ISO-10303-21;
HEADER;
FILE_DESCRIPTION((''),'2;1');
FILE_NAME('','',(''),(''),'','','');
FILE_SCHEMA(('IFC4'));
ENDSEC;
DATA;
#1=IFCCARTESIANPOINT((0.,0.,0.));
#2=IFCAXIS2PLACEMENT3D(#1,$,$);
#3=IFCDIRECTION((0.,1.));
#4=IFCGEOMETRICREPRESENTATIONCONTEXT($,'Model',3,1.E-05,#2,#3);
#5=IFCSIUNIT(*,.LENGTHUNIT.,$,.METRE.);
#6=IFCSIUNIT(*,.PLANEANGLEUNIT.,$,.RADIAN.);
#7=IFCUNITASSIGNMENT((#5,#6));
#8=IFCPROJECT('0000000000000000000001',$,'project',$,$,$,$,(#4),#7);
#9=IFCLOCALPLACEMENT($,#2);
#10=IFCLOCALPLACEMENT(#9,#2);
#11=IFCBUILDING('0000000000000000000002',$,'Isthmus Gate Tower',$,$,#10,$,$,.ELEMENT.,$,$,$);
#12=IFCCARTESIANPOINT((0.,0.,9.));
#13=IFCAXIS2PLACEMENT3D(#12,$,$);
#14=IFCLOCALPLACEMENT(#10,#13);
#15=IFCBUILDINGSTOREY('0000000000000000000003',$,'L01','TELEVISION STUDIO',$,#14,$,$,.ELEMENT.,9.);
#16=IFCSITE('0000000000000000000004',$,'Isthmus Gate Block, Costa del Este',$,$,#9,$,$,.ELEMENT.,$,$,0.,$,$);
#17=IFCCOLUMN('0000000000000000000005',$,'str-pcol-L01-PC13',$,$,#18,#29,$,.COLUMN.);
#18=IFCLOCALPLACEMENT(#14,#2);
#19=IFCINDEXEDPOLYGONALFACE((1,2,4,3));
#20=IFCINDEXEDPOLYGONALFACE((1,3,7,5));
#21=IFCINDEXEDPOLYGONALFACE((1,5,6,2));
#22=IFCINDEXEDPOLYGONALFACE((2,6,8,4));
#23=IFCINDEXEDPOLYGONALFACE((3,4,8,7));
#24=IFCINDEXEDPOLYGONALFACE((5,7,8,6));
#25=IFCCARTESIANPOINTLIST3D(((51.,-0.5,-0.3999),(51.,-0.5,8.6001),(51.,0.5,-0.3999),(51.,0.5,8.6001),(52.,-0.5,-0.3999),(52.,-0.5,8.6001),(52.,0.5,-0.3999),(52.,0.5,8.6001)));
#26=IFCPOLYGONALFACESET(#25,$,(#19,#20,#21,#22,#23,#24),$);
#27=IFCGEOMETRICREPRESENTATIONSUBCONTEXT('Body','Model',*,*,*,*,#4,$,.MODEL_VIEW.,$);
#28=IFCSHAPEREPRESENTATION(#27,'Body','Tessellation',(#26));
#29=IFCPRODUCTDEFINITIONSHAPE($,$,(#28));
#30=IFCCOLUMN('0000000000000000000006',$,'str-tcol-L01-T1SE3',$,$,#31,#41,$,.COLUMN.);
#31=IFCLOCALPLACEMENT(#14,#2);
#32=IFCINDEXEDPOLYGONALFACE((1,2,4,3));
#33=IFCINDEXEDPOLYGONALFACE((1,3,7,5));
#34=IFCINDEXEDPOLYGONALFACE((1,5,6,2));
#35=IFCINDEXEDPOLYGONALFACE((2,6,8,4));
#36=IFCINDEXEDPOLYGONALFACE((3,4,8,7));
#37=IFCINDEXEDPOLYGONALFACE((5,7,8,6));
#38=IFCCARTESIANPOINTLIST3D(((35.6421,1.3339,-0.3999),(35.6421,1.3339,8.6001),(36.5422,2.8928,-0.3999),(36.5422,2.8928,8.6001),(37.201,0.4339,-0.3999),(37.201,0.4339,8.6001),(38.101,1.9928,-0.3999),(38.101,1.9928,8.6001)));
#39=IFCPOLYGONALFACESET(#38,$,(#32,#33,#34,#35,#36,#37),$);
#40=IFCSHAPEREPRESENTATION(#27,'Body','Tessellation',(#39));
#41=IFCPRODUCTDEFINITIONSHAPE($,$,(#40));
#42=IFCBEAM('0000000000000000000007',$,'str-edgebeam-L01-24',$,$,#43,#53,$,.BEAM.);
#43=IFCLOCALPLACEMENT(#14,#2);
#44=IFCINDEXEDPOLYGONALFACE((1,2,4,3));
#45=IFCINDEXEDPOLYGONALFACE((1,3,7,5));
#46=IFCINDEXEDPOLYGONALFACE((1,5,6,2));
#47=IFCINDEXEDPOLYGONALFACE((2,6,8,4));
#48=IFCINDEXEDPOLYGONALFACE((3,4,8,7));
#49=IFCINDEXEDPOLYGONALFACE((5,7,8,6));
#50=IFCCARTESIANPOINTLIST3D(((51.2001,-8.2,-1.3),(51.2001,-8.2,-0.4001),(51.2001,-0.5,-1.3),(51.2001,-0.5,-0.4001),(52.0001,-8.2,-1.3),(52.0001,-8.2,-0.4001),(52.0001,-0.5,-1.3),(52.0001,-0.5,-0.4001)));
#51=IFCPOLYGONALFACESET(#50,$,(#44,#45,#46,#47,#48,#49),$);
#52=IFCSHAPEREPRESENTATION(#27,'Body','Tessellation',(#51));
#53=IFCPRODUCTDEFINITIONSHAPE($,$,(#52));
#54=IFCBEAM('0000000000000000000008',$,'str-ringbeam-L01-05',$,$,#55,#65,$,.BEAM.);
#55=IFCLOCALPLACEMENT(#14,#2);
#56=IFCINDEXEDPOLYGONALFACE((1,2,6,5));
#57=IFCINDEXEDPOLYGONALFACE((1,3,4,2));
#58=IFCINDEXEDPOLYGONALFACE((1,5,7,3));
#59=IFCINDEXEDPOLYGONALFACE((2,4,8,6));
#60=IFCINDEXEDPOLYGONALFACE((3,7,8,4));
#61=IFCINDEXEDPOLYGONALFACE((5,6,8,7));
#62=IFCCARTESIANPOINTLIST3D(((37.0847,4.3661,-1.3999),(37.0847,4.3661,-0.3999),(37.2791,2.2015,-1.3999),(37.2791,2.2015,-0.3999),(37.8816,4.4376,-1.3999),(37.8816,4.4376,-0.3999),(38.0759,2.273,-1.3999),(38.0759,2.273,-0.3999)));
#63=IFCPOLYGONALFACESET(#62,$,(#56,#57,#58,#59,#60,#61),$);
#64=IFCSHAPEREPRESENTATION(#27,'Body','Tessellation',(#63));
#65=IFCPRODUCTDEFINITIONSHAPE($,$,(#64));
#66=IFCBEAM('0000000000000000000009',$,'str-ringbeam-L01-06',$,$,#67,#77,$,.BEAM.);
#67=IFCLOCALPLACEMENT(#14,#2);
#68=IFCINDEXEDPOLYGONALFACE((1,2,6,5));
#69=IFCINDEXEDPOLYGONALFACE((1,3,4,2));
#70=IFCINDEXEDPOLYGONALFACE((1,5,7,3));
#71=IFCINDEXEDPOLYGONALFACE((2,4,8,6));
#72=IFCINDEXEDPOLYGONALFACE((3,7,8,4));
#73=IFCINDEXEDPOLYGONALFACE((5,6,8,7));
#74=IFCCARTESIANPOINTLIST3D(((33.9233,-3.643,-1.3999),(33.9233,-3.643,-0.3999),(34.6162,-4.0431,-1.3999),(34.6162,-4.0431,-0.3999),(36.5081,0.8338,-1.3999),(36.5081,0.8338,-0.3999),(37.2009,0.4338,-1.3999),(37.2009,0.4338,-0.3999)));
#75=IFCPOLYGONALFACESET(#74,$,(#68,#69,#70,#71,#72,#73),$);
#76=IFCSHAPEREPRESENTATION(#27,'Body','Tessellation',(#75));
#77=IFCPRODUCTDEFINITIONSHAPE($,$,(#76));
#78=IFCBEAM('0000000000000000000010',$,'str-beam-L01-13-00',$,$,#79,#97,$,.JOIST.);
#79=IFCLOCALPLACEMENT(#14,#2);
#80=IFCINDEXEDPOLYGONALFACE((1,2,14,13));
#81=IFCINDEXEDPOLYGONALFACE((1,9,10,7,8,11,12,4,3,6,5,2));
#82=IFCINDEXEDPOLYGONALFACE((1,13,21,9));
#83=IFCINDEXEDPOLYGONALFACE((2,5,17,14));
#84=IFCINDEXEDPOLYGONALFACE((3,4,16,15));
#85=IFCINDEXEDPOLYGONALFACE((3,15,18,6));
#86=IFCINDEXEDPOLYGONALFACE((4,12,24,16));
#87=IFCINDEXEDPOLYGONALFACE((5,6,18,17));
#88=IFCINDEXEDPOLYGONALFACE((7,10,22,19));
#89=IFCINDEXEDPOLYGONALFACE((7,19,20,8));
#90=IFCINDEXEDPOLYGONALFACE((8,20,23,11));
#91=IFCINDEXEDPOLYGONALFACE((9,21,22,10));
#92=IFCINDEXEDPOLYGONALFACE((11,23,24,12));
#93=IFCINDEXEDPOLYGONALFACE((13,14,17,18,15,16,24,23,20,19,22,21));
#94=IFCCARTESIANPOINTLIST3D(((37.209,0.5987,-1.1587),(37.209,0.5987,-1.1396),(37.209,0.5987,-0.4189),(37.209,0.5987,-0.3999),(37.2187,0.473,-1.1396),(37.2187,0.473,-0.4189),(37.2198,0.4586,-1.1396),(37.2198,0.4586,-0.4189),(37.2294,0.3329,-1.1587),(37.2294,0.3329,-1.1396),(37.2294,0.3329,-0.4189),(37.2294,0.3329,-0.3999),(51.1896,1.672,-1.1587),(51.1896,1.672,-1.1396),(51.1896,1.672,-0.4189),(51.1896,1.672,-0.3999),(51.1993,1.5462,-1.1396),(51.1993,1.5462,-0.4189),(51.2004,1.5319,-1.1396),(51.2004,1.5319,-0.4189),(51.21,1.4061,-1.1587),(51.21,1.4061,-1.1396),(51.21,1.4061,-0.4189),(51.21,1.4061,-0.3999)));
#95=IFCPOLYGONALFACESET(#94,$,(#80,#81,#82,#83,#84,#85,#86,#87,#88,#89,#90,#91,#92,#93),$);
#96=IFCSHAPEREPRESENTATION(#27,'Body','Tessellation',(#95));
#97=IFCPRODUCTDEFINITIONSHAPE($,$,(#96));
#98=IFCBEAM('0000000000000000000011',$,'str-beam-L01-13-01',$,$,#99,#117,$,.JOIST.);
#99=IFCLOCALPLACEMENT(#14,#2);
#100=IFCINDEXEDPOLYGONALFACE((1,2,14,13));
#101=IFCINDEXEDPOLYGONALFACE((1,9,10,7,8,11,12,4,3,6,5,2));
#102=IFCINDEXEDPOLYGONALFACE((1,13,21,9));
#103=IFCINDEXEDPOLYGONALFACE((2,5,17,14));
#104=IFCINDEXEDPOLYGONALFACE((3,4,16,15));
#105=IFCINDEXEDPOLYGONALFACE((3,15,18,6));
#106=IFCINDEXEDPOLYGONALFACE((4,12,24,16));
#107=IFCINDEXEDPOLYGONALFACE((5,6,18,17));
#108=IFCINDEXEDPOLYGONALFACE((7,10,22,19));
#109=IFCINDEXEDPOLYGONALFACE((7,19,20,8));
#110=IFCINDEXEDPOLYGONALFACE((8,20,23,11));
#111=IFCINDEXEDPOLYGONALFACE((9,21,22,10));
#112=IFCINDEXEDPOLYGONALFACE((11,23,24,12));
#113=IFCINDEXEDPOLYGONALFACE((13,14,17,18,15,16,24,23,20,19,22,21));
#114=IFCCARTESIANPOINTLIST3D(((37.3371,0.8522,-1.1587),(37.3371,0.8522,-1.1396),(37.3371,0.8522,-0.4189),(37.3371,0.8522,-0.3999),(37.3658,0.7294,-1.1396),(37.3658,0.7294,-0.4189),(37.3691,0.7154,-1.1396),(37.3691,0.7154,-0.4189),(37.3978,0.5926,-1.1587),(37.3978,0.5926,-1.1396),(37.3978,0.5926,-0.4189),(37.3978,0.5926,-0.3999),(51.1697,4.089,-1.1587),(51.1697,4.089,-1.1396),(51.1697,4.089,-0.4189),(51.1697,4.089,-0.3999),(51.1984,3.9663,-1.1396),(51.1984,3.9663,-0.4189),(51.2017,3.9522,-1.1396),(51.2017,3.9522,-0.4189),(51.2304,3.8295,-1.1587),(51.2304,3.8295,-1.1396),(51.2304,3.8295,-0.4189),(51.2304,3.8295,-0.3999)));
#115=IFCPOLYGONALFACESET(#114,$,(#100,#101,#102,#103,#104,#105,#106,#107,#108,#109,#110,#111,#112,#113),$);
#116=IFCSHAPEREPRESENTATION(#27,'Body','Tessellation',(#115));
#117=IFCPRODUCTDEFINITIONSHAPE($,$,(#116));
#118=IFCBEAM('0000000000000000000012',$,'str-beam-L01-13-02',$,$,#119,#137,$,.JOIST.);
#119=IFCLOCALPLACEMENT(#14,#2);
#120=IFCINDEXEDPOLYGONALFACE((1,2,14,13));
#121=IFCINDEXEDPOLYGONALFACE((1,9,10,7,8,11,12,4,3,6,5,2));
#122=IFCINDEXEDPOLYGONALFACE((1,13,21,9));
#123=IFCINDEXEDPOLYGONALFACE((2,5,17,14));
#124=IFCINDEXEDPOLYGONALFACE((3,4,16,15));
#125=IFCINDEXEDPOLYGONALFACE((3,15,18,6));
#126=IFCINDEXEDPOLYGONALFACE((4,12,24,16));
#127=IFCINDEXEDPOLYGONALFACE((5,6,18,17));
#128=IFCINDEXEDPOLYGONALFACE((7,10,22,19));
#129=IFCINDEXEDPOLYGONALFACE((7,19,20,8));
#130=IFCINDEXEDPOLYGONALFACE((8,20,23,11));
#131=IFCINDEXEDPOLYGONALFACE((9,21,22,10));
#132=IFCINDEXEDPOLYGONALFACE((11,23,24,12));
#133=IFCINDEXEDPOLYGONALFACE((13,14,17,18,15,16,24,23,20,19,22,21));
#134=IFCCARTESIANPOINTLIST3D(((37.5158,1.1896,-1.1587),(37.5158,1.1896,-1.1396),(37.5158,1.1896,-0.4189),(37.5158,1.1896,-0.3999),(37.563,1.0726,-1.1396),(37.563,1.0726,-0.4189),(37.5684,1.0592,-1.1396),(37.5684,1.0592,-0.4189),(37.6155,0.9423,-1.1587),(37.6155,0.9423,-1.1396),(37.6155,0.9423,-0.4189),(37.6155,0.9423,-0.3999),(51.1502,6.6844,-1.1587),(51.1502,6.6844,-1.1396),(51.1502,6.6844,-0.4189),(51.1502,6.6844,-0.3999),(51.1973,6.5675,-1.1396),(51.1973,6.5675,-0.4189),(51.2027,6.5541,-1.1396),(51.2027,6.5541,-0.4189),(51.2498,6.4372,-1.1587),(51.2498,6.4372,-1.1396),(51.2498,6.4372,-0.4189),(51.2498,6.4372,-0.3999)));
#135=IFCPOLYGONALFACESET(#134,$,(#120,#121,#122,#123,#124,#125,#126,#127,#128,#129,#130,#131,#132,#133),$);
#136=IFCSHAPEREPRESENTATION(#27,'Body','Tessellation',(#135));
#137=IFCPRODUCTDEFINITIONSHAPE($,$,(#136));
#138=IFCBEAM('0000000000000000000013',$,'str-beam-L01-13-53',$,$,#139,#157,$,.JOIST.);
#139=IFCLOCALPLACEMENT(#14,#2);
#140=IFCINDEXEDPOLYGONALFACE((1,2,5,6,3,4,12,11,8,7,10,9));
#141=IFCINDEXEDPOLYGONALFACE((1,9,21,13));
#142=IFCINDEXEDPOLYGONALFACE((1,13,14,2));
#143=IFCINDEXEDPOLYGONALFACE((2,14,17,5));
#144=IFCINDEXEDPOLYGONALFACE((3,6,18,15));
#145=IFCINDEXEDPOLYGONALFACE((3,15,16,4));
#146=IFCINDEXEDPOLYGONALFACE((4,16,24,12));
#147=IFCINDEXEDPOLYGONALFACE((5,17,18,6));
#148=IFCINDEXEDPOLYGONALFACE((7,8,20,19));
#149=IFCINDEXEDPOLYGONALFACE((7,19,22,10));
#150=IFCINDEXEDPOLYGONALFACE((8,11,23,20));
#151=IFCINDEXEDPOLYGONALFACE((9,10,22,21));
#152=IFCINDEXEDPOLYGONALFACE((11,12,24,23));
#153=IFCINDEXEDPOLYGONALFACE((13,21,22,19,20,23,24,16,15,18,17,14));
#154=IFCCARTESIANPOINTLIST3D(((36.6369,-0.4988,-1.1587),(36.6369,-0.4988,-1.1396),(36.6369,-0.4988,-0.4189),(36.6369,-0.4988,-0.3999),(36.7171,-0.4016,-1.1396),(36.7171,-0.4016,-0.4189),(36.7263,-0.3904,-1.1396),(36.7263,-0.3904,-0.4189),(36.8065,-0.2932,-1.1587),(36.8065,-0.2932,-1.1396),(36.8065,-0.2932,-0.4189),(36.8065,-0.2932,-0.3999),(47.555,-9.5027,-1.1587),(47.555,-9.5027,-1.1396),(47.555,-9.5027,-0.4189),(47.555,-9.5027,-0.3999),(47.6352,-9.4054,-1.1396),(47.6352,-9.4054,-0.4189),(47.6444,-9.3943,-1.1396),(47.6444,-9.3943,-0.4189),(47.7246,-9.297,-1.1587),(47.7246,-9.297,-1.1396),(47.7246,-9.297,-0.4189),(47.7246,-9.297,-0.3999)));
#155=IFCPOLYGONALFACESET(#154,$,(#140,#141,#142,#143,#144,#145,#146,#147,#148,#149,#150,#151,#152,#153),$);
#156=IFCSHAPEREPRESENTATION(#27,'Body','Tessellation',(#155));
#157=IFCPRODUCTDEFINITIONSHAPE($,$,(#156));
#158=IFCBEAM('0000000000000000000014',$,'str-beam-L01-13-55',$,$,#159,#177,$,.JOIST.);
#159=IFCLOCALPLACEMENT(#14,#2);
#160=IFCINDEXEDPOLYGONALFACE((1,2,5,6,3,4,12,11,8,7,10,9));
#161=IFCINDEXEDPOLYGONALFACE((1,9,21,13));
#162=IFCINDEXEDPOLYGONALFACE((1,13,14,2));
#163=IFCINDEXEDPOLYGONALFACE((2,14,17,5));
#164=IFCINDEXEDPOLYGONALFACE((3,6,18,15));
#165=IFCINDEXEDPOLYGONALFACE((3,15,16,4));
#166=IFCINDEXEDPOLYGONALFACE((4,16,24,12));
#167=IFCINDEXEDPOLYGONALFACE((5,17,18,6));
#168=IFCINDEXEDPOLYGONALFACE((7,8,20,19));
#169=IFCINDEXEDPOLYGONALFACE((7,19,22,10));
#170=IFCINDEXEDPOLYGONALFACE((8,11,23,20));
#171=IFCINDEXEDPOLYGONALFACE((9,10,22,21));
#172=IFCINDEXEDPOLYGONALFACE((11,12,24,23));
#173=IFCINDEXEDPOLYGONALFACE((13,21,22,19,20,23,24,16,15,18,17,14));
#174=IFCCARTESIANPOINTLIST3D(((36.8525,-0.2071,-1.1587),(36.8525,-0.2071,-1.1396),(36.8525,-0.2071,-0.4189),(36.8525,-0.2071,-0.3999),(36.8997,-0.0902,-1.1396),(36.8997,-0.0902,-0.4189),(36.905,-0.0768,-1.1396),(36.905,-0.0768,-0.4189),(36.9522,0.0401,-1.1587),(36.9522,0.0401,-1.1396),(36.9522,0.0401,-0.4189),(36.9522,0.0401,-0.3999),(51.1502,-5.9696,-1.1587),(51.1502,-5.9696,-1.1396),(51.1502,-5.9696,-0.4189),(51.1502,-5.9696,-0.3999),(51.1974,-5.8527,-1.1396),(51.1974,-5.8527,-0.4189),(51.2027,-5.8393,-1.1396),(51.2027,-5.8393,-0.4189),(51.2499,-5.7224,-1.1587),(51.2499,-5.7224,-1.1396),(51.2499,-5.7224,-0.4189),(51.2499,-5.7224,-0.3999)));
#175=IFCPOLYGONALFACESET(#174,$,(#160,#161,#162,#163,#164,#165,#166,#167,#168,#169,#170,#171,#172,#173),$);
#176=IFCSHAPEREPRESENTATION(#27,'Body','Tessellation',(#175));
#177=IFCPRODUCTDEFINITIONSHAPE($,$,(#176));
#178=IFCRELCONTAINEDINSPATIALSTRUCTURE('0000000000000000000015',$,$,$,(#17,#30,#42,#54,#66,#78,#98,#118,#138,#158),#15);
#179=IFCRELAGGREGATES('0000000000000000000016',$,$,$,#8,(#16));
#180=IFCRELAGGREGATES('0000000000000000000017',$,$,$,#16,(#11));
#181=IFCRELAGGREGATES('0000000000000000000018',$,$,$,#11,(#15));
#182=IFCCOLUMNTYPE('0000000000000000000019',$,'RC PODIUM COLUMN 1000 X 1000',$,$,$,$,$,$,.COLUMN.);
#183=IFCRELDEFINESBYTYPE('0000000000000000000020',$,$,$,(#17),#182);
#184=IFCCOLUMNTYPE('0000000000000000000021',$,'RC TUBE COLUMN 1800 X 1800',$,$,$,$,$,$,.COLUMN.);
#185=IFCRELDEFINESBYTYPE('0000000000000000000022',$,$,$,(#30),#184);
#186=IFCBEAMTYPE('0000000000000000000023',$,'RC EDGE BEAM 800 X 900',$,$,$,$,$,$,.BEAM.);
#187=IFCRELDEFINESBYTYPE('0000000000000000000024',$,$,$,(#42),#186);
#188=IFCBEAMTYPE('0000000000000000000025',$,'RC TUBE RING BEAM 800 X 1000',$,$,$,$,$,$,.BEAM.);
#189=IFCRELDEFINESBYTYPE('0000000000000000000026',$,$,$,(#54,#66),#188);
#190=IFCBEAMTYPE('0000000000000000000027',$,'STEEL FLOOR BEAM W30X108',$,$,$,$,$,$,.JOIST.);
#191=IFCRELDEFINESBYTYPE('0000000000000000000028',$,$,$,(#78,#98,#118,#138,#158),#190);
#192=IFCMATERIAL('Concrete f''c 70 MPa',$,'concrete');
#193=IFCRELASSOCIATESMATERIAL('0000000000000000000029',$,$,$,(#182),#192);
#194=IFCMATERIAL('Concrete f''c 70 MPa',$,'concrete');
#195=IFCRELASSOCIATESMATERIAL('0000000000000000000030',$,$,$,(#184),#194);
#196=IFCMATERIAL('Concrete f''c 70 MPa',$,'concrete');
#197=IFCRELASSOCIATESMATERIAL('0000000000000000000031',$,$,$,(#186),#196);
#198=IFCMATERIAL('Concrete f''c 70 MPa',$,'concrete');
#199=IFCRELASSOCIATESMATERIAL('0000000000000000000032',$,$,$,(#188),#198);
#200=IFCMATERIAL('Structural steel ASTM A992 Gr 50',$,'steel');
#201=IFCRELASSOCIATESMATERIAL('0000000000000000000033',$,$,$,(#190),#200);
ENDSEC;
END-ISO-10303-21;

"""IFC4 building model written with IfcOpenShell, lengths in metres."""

from ifc_helpers import new_model, si_unit, direction, frame, origin, origin_2d, place, context, subcontext, project, spatial, rectangle, i_section, extrude, material, material_profile, profile_set, type_object, element, save


model = new_model("IFC4")

# Units and contexts
model_context = context("Model", 3, precision=1e-05, world=origin(), true_north=direction((0.0, 1.0)))
body_context = subcontext(model_context, "Body", "Model", "MODEL_VIEW")
ifc_project = project(units=[si_unit("LENGTHUNIT", "METRE"), si_unit("PLANEANGLEUNIT", "RADIAN")], contexts=[model_context])

# Site, building, storey
site_placement = place(None, origin())
site = spatial("IfcSite", under=ifc_project, at=site_placement, Name="Isthmus Gate Block, Costa del Este", CompositionType="ELEMENT", RefElevation=0.0)
building_placement = place(site_placement, origin())
building = spatial("IfcBuilding", under=site, at=building_placement, Name="Isthmus Gate Tower", CompositionType="ELEMENT")
storey_placement = place(building_placement, frame((0.0, 0.0, 9.0)))
storey = spatial("IfcBuildingStorey", under=building, at=storey_placement, Name="L01", Description="TELEVISION STUDIO", CompositionType="ELEMENT", Elevation=9.0)

# Columns
ifc_material_1 = material(Name="Concrete f'c 70 MPa", Category="concrete")
ifc_material_profile_1 = material_profile(ifc_material_1, rectangle(XDim=1.0, YDim=1.0, at=origin_2d()), Name="RC 1000X1000")
ifc_profile_set_1 = profile_set([ifc_material_profile_1], Name="Concrete f'c 70 MPa")
column_type_1 = type_object("IfcColumnType", Name="RC PODIUM COLUMN 1000 X 1000", PredefinedType="COLUMN", material=ifc_profile_set_1)
column_1_placement = place(storey_placement, frame((51.5, 0.0, -0.3999), z_axis=(0.0, 0.0, 1.0), x_axis=(0.0, 1.0, 0.0)))
element("IfcColumn", 1, at=column_1_placement, inside=storey, type_object=column_type_1, Name="str-pcol-L01-PC13", PredefinedType="COLUMN", context=body_context, shape_type="SweptSolid", body=[
    extrude(rectangle(XDim=1.0, YDim=1.0, at=origin_2d()), origin(), (0.0, 0.0, 1.0), 9.0),
])
ifc_material_2 = material(Name="Concrete f'c 70 MPa", Category="concrete")
ifc_material_profile_2 = material_profile(ifc_material_2, rectangle(XDim=1.8, YDim=1.8, at=origin_2d()), Name="RC 1800X1800")
ifc_profile_set_2 = profile_set([ifc_material_profile_2], Name="Concrete f'c 70 MPa")
column_type_2 = type_object("IfcColumnType", Name="RC TUBE COLUMN 1800 X 1800", PredefinedType="COLUMN", material=ifc_profile_set_2)
column_2_placement = place(storey_placement, frame((36.8716, 1.6633, -0.3999), z_axis=(0.0, 0.0, 1.0), x_axis=(0.5, 0.866025, 0.0)))
element("IfcColumn", 2, at=column_2_placement, inside=storey, type_object=column_type_2, Name="str-tcol-L01-T1SE3", PredefinedType="COLUMN", context=body_context, shape_type="SweptSolid", body=[
    extrude(rectangle(XDim=1.8, YDim=1.8, at=origin_2d()), origin(), (0.0, 0.0, 1.0), 9.0),
])

# Beams
ifc_material_3 = material(Name="Concrete f'c 70 MPa", Category="concrete")
ifc_material_profile_3 = material_profile(ifc_material_3, rectangle(XDim=0.8, YDim=0.8999, at=origin_2d()), Name="RC 800X900")
ifc_profile_set_3 = profile_set([ifc_material_profile_3], Name="Concrete f'c 70 MPa")
beam_type_1 = type_object("IfcBeamType", Name="RC EDGE BEAM 800 X 900", PredefinedType="BEAM", material=ifc_profile_set_3)
beam_1_placement = place(storey_placement, frame((51.6001, -0.5, -0.8501), z_axis=(0.0, -1.0, 0.0), x_axis=(1.0, 0.0, 0.0)))
element("IfcBeam", 3, at=beam_1_placement, inside=storey, type_object=beam_type_1, Name="str-edgebeam-L01-24", PredefinedType="BEAM", context=body_context, shape_type="SweptSolid", body=[
    extrude(rectangle(XDim=0.8, YDim=0.8999, at=origin_2d()), origin(), (0.0, 0.0, 1.0), 7.7),
])
ifc_material_4 = material(Name="Concrete f'c 70 MPa", Category="concrete")
ifc_material_profile_4 = material_profile(ifc_material_4, rectangle(XDim=0.8, YDim=1.0, at=origin_2d()), Name="RC 800X1000")
ifc_profile_set_4 = profile_set([ifc_material_profile_4], Name="Concrete f'c 70 MPa")
beam_type_2 = type_object("IfcBeamType", Name="RC TUBE RING BEAM 800 X 1000", PredefinedType="BEAM", material=ifc_profile_set_4)
beam_2_placement = place(storey_placement, frame((37.4832, 4.4019, -0.8999), z_axis=(0.089422, -0.995994, 0.0), x_axis=(0.995994, 0.089422, 0.0)))
element("IfcBeam", 4, at=beam_2_placement, inside=storey, type_object=beam_type_2, Name="str-ringbeam-L01-05", PredefinedType="BEAM", context=body_context, shape_type="SweptSolid", body=[
    extrude(rectangle(XDim=0.8, YDim=1.0, at=origin_2d()), origin(), (0.0, 0.0, 1.0), 2.1733),
])
beam_3_placement = place(storey_placement, frame((36.8545, 0.6338, -0.8999), z_axis=(-0.500005, -0.866023, 0.0), x_axis=(0.866023, -0.500005, 0.0)))
element("IfcBeam", 5, at=beam_3_placement, inside=storey, type_object=beam_type_2, Name="str-ringbeam-L01-06", PredefinedType="BEAM", context=body_context, shape_type="SweptSolid", body=[
    extrude(rectangle(XDim=0.8, YDim=1.0, at=origin_2d()), origin(), (0.0, 0.0, 1.0), 5.1694),
])
ifc_material_5 = material(Name="Structural steel ASTM A992 Gr 50", Category="steel")
ifc_material_profile_5 = material_profile(ifc_material_5, i_section(OverallWidth=0.2666, OverallDepth=0.7588, WebThickness=0.0144, FlangeThickness=0.019, at=origin_2d()), Name="W30X108")
ifc_profile_set_5 = profile_set([ifc_material_profile_5], Name="Structural steel ASTM A992 Gr 50")
beam_type_3 = type_object("IfcBeamType", Name="STEEL FLOOR BEAM W30X108", PredefinedType="JOIST", material=ifc_profile_set_5)
beam_4_placement = place(storey_placement, frame((37.2192, 0.4658, -0.7793), z_axis=(0.997066, 0.076541, 0.0), x_axis=(-0.076541, 0.997066, 0.0)))
element("IfcBeam", 6, at=beam_4_placement, inside=storey, type_object=beam_type_3, Name="str-beam-L01-13-00", PredefinedType="JOIST", context=body_context, shape_type="SweptSolid", body=[
    extrude(i_section(OverallWidth=0.2666, OverallDepth=0.7588, WebThickness=0.0144, FlangeThickness=0.019, at=origin_2d()), origin(), (0.0, 0.0, 1.0), 14.0217),
])
beam_5_placement = place(storey_placement, frame((37.3674, 0.7224, -0.7793), z_axis=(0.973697, 0.227846, 0.0), x_axis=(-0.227846, 0.973697, 0.0)))
element("IfcBeam", 7, at=beam_5_placement, inside=storey, type_object=beam_type_3, Name="str-beam-L01-13-01", PredefinedType="JOIST", context=body_context, shape_type="SweptSolid", body=[
    extrude(i_section(OverallWidth=0.2666, OverallDepth=0.7588, WebThickness=0.0144, FlangeThickness=0.019, at=origin_2d()), origin(), (0.0, 0.0, 1.0), 14.2063),
])
beam_6_placement = place(storey_placement, frame((37.5657, 1.0659, -0.7793), z_axis=(0.927508, 0.373803, 0.0), x_axis=(-0.373803, 0.927508, 0.0)))
element("IfcBeam", 8, at=beam_6_placement, inside=storey, type_object=beam_type_3, Name="str-beam-L01-13-02", PredefinedType="JOIST", context=body_context, shape_type="SweptSolid", body=[
    extrude(i_section(OverallWidth=0.2666, OverallDepth=0.7588, WebThickness=0.0144, FlangeThickness=0.019, at=origin_2d()), origin(), (0.0, 0.0, 1.0), 14.7),
])
beam_7_placement = place(storey_placement, frame((36.7217, -0.396, -0.7793), z_axis=(0.771499, -0.636231, 0.0), x_axis=(0.636231, 0.771499, 0.0)))
element("IfcBeam", 9, at=beam_7_placement, inside=storey, type_object=beam_type_3, Name="str-beam-L01-13-53", PredefinedType="JOIST", context=body_context, shape_type="SweptSolid", body=[
    extrude(i_section(OverallWidth=0.2666, OverallDepth=0.7588, WebThickness=0.0144, FlangeThickness=0.019, at=origin_2d()), origin(), (0.0, 0.0, 1.0), 14.1519),
])
beam_8_placement = place(storey_placement, frame((36.9023, -0.0835, -0.7793), z_axis=(0.927503, -0.373817, 0.0), x_axis=(0.373817, 0.927503, 0.0)))
element("IfcBeam", 10, at=beam_8_placement, inside=storey, type_object=beam_type_3, Name="str-beam-L01-13-55", PredefinedType="JOIST", context=body_context, shape_type="SweptSolid", body=[
    extrude(i_section(OverallWidth=0.2666, OverallDepth=0.7588, WebThickness=0.0144, FlangeThickness=0.019, at=origin_2d()), origin(), (0.0, 0.0, 1.0), 15.4153),
])

save(model, "model.ifc")
